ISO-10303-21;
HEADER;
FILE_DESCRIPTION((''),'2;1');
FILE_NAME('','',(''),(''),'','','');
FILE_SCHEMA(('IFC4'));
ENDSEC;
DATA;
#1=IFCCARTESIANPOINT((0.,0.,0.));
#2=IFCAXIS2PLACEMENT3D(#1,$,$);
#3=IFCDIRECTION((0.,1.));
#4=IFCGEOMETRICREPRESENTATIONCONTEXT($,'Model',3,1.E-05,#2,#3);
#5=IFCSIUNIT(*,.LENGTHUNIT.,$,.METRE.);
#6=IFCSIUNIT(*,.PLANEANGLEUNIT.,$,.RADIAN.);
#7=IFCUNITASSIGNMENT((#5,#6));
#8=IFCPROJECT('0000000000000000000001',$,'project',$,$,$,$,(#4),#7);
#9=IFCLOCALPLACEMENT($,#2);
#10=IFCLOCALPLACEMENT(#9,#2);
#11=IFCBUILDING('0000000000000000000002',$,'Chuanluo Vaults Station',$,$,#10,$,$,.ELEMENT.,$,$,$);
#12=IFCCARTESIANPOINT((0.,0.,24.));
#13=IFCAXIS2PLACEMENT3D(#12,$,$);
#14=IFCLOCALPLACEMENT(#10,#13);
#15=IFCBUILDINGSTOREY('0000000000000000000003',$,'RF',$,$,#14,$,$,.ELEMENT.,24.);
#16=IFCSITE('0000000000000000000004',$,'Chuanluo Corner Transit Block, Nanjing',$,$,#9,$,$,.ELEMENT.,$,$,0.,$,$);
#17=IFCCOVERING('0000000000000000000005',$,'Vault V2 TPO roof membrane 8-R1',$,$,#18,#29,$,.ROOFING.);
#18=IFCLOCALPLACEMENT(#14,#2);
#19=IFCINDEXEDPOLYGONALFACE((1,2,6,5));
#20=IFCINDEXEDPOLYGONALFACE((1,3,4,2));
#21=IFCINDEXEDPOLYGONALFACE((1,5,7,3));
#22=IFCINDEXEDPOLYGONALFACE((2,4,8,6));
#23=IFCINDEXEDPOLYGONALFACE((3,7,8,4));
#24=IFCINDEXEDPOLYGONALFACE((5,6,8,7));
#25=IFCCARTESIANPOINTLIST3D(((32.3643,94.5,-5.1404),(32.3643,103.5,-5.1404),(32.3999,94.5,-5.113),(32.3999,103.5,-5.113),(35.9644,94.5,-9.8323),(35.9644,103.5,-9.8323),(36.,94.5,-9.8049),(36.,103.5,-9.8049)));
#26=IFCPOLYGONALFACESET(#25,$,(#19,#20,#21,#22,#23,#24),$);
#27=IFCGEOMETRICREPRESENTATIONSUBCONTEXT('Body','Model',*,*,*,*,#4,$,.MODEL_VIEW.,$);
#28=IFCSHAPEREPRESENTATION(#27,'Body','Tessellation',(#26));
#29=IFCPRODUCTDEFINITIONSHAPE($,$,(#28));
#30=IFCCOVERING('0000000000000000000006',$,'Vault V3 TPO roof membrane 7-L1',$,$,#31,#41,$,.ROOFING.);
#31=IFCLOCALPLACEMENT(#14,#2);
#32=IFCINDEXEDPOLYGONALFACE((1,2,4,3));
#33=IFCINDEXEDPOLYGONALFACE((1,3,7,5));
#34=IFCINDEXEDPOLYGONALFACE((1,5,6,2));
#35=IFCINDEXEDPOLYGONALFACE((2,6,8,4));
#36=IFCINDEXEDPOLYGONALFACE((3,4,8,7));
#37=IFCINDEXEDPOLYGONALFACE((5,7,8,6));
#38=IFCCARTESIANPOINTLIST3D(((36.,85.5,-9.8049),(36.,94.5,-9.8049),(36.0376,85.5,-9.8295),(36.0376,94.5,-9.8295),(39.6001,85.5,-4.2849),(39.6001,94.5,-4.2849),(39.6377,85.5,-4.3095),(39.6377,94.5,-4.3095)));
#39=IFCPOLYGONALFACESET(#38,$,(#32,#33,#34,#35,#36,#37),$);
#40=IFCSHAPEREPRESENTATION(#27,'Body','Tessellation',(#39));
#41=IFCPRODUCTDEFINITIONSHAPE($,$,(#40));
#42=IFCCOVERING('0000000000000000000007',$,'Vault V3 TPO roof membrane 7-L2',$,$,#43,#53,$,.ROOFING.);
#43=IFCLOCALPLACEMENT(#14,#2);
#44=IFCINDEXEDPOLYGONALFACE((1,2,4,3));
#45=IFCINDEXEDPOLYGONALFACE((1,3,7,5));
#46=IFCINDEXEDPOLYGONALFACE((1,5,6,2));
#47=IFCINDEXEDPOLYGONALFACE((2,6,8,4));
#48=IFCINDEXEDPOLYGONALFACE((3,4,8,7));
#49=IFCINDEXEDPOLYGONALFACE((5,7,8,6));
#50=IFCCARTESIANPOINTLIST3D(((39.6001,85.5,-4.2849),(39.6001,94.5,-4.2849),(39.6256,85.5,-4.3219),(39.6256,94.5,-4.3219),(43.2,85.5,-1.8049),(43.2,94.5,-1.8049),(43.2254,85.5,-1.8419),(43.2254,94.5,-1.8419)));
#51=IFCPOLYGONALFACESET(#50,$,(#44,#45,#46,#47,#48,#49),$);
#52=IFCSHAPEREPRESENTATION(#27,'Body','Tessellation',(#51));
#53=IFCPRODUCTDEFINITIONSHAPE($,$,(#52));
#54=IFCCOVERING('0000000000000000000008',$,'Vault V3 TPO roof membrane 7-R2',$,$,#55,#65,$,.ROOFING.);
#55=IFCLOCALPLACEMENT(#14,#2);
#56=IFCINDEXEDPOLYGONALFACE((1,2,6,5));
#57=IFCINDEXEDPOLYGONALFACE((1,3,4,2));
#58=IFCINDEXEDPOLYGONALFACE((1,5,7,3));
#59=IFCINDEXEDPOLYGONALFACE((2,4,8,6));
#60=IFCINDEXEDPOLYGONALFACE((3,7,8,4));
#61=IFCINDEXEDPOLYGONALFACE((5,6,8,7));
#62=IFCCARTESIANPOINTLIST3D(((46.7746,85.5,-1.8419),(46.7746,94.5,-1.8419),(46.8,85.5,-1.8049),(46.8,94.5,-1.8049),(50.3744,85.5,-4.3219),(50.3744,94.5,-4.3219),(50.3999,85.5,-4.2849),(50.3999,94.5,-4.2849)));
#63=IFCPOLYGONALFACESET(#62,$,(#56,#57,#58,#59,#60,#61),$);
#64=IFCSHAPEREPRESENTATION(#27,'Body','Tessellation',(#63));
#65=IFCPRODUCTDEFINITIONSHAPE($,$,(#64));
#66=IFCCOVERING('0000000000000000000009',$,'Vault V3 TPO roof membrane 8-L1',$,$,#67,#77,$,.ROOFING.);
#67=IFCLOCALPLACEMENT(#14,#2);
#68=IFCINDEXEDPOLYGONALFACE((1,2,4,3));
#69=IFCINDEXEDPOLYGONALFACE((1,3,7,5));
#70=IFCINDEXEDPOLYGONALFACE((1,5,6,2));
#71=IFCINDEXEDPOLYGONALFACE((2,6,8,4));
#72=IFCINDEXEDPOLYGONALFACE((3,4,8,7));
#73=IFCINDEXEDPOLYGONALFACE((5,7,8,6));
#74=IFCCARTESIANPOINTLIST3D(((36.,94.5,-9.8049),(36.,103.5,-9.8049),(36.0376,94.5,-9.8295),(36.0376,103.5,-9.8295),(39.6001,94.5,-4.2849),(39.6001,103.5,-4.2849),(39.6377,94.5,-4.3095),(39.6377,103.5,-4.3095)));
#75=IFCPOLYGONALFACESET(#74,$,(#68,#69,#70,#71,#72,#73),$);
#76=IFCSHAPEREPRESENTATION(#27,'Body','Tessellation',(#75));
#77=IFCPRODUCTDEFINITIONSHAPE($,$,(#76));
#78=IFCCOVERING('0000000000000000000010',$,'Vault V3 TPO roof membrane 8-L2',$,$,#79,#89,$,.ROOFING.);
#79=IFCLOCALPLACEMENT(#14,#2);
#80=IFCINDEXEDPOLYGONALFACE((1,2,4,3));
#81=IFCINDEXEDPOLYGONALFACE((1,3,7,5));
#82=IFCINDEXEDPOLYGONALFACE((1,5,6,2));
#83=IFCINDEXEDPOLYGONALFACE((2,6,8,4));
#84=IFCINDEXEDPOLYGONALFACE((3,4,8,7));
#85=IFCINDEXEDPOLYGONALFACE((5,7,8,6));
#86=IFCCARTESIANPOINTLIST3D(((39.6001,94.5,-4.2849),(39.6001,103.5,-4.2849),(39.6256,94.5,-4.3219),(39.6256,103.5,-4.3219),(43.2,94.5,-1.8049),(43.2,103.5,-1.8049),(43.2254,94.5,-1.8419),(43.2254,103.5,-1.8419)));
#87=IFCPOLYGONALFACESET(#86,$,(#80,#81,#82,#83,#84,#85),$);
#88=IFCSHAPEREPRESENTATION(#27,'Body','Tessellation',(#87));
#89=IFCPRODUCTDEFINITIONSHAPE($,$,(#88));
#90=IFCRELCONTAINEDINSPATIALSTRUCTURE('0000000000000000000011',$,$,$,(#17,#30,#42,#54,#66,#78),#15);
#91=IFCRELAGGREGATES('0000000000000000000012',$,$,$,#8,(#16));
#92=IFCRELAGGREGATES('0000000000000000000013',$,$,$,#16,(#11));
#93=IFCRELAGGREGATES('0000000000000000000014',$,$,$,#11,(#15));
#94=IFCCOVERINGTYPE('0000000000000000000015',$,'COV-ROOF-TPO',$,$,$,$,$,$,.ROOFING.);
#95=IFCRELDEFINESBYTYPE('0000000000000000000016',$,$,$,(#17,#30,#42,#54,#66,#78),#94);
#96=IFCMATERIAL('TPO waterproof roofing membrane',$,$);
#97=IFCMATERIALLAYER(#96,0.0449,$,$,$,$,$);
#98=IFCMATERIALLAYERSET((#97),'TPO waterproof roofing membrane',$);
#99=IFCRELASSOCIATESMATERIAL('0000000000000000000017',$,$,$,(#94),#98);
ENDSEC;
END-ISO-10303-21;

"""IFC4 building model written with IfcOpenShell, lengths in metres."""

from ifc_helpers import new_model, si_unit, direction, frame, origin, place, context, subcontext, project, spatial, polyline, outline, extrude, material, layer, layer_set, type_object, element, save


model = new_model("IFC4")

# Units and contexts
model_context = context("Model", 3, precision=1e-05, world=origin(), true_north=direction((0.0, 1.0)))
body_context = subcontext(model_context, "Body", "Model", "MODEL_VIEW")
ifc_project = project(units=[si_unit("LENGTHUNIT", "METRE"), si_unit("PLANEANGLEUNIT", "RADIAN")], contexts=[model_context])

# Site, building, storey
site_placement = place(None, origin())
site = spatial("IfcSite", under=ifc_project, at=site_placement, Name="Chuanluo Corner Transit Block, Nanjing", CompositionType="ELEMENT", RefElevation=0.0)
building_placement = place(site_placement, origin())
building = spatial("IfcBuilding", under=site, at=building_placement, Name="Chuanluo Vaults Station", CompositionType="ELEMENT")
storey_placement = place(building_placement, frame((0.0, 0.0, 24.0)))
storey = spatial("IfcBuildingStorey", under=building, at=storey_placement, Name="RF", CompositionType="ELEMENT", Elevation=24.0)

# Coverings
ifc_material_1 = material(Name="TPO waterproof roofing membrane")
ifc_layer_1 = layer(ifc_material_1, 0.0449)
ifc_layer_set_1 = layer_set([ifc_layer_1], Name="TPO waterproof roofing membrane")
covering_type_1 = type_object("IfcCoveringType", Name="COV-ROOF-TPO", PredefinedType="ROOFING", material=ifc_layer_set_1)
for number, where, z_axis, x_axis, name in (
    (1, (32.3999, 94.5, -5.113), (0.793363, 0.0, 0.608749), (0.608749, 0.0, -0.793363), "Vault V2 TPO roof membrane 8-R1"),
):
    element("IfcCovering", number, at=place(storey_placement, frame(where, z_axis=z_axis, x_axis=x_axis)), inside=storey, type_object=covering_type_1, Name=name, PredefinedType="ROOFING", context=body_context, shape_type="SweptSolid", body=[
        extrude(outline(polyline([(0.0, 0.0), (5.9139, 0.0), (5.9139, 9.0), (0.0, 9.0), (0.0, 0.0)])), origin(), (0.0, 0.0, -1.0), 0.0449),
    ])
covering_1_placement = place(storey_placement, frame((36.0, 85.5, -9.8049), z_axis=(-0.837605, 0.0, 0.546277), x_axis=(0.546277, 0.0, 0.837605)))
element("IfcCovering", 2, at=covering_1_placement, inside=storey, type_object=covering_type_1, Name="Vault V3 TPO roof membrane 7-L1", PredefinedType="ROOFING", context=body_context, shape_type="SweptSolid", body=[
    extrude(outline(polyline([(0.0, 0.0), (6.5902, 0.0), (6.5902, 9.0), (0.0, 9.0), (0.0, 0.0)])), origin(), (0.0, 0.0, -1.0), 0.0449),
])
for number, where, z_axis, x_axis, name in (
    (3, (39.6001, 85.5, -4.2849), (-0.567318, 0.0, 0.823499), (0.823499, 0.0, 0.567318), "Vault V3 TPO roof membrane 7-L2"),
    (4, (46.8, 85.5, -1.8049), (0.567318, 0.0, 0.823499), (0.823499, 0.0, -0.567318), "Vault V3 TPO roof membrane 7-R2"),
):
    element("IfcCovering", number, at=place(storey_placement, frame(where, z_axis=z_axis, x_axis=x_axis)), inside=storey, type_object=covering_type_1, Name=name, PredefinedType="ROOFING", context=body_context, shape_type="SweptSolid", body=[
        extrude(outline(polyline([(0.0, 0.0), (4.3714, 0.0), (4.3714, 9.0), (0.0, 9.0), (0.0, 0.0)])), origin(), (0.0, 0.0, -1.0), 0.0449),
    ])
covering_2_placement = place(storey_placement, frame((36.0, 94.5, -9.8049), z_axis=(-0.837605, 0.0, 0.546277), x_axis=(0.546277, 0.0, 0.837605)))
element("IfcCovering", 5, at=covering_2_placement, inside=storey, type_object=covering_type_1, Name="Vault V3 TPO roof membrane 8-L1", PredefinedType="ROOFING", context=body_context, shape_type="SweptSolid", body=[
    extrude(outline(polyline([(0.0, 0.0), (6.5902, 0.0), (6.5902, 9.0), (0.0, 9.0), (0.0, 0.0)])), origin(), (0.0, 0.0, -1.0), 0.0449),
])
covering_3_placement = place(storey_placement, frame((39.6001, 94.5, -4.2849), z_axis=(-0.567318, 0.0, 0.823499), x_axis=(0.823499, 0.0, 0.567318)))
element("IfcCovering", 6, at=covering_3_placement, inside=storey, type_object=covering_type_1, Name="Vault V3 TPO roof membrane 8-L2", PredefinedType="ROOFING", context=body_context, shape_type="SweptSolid", body=[
    extrude(outline(polyline([(0.0, 0.0), (4.3714, 0.0), (4.3714, 9.0), (0.0, 9.0), (0.0, 0.0)])), origin(), (0.0, 0.0, -1.0), 0.0449),
])

save(model, "model.ifc")
